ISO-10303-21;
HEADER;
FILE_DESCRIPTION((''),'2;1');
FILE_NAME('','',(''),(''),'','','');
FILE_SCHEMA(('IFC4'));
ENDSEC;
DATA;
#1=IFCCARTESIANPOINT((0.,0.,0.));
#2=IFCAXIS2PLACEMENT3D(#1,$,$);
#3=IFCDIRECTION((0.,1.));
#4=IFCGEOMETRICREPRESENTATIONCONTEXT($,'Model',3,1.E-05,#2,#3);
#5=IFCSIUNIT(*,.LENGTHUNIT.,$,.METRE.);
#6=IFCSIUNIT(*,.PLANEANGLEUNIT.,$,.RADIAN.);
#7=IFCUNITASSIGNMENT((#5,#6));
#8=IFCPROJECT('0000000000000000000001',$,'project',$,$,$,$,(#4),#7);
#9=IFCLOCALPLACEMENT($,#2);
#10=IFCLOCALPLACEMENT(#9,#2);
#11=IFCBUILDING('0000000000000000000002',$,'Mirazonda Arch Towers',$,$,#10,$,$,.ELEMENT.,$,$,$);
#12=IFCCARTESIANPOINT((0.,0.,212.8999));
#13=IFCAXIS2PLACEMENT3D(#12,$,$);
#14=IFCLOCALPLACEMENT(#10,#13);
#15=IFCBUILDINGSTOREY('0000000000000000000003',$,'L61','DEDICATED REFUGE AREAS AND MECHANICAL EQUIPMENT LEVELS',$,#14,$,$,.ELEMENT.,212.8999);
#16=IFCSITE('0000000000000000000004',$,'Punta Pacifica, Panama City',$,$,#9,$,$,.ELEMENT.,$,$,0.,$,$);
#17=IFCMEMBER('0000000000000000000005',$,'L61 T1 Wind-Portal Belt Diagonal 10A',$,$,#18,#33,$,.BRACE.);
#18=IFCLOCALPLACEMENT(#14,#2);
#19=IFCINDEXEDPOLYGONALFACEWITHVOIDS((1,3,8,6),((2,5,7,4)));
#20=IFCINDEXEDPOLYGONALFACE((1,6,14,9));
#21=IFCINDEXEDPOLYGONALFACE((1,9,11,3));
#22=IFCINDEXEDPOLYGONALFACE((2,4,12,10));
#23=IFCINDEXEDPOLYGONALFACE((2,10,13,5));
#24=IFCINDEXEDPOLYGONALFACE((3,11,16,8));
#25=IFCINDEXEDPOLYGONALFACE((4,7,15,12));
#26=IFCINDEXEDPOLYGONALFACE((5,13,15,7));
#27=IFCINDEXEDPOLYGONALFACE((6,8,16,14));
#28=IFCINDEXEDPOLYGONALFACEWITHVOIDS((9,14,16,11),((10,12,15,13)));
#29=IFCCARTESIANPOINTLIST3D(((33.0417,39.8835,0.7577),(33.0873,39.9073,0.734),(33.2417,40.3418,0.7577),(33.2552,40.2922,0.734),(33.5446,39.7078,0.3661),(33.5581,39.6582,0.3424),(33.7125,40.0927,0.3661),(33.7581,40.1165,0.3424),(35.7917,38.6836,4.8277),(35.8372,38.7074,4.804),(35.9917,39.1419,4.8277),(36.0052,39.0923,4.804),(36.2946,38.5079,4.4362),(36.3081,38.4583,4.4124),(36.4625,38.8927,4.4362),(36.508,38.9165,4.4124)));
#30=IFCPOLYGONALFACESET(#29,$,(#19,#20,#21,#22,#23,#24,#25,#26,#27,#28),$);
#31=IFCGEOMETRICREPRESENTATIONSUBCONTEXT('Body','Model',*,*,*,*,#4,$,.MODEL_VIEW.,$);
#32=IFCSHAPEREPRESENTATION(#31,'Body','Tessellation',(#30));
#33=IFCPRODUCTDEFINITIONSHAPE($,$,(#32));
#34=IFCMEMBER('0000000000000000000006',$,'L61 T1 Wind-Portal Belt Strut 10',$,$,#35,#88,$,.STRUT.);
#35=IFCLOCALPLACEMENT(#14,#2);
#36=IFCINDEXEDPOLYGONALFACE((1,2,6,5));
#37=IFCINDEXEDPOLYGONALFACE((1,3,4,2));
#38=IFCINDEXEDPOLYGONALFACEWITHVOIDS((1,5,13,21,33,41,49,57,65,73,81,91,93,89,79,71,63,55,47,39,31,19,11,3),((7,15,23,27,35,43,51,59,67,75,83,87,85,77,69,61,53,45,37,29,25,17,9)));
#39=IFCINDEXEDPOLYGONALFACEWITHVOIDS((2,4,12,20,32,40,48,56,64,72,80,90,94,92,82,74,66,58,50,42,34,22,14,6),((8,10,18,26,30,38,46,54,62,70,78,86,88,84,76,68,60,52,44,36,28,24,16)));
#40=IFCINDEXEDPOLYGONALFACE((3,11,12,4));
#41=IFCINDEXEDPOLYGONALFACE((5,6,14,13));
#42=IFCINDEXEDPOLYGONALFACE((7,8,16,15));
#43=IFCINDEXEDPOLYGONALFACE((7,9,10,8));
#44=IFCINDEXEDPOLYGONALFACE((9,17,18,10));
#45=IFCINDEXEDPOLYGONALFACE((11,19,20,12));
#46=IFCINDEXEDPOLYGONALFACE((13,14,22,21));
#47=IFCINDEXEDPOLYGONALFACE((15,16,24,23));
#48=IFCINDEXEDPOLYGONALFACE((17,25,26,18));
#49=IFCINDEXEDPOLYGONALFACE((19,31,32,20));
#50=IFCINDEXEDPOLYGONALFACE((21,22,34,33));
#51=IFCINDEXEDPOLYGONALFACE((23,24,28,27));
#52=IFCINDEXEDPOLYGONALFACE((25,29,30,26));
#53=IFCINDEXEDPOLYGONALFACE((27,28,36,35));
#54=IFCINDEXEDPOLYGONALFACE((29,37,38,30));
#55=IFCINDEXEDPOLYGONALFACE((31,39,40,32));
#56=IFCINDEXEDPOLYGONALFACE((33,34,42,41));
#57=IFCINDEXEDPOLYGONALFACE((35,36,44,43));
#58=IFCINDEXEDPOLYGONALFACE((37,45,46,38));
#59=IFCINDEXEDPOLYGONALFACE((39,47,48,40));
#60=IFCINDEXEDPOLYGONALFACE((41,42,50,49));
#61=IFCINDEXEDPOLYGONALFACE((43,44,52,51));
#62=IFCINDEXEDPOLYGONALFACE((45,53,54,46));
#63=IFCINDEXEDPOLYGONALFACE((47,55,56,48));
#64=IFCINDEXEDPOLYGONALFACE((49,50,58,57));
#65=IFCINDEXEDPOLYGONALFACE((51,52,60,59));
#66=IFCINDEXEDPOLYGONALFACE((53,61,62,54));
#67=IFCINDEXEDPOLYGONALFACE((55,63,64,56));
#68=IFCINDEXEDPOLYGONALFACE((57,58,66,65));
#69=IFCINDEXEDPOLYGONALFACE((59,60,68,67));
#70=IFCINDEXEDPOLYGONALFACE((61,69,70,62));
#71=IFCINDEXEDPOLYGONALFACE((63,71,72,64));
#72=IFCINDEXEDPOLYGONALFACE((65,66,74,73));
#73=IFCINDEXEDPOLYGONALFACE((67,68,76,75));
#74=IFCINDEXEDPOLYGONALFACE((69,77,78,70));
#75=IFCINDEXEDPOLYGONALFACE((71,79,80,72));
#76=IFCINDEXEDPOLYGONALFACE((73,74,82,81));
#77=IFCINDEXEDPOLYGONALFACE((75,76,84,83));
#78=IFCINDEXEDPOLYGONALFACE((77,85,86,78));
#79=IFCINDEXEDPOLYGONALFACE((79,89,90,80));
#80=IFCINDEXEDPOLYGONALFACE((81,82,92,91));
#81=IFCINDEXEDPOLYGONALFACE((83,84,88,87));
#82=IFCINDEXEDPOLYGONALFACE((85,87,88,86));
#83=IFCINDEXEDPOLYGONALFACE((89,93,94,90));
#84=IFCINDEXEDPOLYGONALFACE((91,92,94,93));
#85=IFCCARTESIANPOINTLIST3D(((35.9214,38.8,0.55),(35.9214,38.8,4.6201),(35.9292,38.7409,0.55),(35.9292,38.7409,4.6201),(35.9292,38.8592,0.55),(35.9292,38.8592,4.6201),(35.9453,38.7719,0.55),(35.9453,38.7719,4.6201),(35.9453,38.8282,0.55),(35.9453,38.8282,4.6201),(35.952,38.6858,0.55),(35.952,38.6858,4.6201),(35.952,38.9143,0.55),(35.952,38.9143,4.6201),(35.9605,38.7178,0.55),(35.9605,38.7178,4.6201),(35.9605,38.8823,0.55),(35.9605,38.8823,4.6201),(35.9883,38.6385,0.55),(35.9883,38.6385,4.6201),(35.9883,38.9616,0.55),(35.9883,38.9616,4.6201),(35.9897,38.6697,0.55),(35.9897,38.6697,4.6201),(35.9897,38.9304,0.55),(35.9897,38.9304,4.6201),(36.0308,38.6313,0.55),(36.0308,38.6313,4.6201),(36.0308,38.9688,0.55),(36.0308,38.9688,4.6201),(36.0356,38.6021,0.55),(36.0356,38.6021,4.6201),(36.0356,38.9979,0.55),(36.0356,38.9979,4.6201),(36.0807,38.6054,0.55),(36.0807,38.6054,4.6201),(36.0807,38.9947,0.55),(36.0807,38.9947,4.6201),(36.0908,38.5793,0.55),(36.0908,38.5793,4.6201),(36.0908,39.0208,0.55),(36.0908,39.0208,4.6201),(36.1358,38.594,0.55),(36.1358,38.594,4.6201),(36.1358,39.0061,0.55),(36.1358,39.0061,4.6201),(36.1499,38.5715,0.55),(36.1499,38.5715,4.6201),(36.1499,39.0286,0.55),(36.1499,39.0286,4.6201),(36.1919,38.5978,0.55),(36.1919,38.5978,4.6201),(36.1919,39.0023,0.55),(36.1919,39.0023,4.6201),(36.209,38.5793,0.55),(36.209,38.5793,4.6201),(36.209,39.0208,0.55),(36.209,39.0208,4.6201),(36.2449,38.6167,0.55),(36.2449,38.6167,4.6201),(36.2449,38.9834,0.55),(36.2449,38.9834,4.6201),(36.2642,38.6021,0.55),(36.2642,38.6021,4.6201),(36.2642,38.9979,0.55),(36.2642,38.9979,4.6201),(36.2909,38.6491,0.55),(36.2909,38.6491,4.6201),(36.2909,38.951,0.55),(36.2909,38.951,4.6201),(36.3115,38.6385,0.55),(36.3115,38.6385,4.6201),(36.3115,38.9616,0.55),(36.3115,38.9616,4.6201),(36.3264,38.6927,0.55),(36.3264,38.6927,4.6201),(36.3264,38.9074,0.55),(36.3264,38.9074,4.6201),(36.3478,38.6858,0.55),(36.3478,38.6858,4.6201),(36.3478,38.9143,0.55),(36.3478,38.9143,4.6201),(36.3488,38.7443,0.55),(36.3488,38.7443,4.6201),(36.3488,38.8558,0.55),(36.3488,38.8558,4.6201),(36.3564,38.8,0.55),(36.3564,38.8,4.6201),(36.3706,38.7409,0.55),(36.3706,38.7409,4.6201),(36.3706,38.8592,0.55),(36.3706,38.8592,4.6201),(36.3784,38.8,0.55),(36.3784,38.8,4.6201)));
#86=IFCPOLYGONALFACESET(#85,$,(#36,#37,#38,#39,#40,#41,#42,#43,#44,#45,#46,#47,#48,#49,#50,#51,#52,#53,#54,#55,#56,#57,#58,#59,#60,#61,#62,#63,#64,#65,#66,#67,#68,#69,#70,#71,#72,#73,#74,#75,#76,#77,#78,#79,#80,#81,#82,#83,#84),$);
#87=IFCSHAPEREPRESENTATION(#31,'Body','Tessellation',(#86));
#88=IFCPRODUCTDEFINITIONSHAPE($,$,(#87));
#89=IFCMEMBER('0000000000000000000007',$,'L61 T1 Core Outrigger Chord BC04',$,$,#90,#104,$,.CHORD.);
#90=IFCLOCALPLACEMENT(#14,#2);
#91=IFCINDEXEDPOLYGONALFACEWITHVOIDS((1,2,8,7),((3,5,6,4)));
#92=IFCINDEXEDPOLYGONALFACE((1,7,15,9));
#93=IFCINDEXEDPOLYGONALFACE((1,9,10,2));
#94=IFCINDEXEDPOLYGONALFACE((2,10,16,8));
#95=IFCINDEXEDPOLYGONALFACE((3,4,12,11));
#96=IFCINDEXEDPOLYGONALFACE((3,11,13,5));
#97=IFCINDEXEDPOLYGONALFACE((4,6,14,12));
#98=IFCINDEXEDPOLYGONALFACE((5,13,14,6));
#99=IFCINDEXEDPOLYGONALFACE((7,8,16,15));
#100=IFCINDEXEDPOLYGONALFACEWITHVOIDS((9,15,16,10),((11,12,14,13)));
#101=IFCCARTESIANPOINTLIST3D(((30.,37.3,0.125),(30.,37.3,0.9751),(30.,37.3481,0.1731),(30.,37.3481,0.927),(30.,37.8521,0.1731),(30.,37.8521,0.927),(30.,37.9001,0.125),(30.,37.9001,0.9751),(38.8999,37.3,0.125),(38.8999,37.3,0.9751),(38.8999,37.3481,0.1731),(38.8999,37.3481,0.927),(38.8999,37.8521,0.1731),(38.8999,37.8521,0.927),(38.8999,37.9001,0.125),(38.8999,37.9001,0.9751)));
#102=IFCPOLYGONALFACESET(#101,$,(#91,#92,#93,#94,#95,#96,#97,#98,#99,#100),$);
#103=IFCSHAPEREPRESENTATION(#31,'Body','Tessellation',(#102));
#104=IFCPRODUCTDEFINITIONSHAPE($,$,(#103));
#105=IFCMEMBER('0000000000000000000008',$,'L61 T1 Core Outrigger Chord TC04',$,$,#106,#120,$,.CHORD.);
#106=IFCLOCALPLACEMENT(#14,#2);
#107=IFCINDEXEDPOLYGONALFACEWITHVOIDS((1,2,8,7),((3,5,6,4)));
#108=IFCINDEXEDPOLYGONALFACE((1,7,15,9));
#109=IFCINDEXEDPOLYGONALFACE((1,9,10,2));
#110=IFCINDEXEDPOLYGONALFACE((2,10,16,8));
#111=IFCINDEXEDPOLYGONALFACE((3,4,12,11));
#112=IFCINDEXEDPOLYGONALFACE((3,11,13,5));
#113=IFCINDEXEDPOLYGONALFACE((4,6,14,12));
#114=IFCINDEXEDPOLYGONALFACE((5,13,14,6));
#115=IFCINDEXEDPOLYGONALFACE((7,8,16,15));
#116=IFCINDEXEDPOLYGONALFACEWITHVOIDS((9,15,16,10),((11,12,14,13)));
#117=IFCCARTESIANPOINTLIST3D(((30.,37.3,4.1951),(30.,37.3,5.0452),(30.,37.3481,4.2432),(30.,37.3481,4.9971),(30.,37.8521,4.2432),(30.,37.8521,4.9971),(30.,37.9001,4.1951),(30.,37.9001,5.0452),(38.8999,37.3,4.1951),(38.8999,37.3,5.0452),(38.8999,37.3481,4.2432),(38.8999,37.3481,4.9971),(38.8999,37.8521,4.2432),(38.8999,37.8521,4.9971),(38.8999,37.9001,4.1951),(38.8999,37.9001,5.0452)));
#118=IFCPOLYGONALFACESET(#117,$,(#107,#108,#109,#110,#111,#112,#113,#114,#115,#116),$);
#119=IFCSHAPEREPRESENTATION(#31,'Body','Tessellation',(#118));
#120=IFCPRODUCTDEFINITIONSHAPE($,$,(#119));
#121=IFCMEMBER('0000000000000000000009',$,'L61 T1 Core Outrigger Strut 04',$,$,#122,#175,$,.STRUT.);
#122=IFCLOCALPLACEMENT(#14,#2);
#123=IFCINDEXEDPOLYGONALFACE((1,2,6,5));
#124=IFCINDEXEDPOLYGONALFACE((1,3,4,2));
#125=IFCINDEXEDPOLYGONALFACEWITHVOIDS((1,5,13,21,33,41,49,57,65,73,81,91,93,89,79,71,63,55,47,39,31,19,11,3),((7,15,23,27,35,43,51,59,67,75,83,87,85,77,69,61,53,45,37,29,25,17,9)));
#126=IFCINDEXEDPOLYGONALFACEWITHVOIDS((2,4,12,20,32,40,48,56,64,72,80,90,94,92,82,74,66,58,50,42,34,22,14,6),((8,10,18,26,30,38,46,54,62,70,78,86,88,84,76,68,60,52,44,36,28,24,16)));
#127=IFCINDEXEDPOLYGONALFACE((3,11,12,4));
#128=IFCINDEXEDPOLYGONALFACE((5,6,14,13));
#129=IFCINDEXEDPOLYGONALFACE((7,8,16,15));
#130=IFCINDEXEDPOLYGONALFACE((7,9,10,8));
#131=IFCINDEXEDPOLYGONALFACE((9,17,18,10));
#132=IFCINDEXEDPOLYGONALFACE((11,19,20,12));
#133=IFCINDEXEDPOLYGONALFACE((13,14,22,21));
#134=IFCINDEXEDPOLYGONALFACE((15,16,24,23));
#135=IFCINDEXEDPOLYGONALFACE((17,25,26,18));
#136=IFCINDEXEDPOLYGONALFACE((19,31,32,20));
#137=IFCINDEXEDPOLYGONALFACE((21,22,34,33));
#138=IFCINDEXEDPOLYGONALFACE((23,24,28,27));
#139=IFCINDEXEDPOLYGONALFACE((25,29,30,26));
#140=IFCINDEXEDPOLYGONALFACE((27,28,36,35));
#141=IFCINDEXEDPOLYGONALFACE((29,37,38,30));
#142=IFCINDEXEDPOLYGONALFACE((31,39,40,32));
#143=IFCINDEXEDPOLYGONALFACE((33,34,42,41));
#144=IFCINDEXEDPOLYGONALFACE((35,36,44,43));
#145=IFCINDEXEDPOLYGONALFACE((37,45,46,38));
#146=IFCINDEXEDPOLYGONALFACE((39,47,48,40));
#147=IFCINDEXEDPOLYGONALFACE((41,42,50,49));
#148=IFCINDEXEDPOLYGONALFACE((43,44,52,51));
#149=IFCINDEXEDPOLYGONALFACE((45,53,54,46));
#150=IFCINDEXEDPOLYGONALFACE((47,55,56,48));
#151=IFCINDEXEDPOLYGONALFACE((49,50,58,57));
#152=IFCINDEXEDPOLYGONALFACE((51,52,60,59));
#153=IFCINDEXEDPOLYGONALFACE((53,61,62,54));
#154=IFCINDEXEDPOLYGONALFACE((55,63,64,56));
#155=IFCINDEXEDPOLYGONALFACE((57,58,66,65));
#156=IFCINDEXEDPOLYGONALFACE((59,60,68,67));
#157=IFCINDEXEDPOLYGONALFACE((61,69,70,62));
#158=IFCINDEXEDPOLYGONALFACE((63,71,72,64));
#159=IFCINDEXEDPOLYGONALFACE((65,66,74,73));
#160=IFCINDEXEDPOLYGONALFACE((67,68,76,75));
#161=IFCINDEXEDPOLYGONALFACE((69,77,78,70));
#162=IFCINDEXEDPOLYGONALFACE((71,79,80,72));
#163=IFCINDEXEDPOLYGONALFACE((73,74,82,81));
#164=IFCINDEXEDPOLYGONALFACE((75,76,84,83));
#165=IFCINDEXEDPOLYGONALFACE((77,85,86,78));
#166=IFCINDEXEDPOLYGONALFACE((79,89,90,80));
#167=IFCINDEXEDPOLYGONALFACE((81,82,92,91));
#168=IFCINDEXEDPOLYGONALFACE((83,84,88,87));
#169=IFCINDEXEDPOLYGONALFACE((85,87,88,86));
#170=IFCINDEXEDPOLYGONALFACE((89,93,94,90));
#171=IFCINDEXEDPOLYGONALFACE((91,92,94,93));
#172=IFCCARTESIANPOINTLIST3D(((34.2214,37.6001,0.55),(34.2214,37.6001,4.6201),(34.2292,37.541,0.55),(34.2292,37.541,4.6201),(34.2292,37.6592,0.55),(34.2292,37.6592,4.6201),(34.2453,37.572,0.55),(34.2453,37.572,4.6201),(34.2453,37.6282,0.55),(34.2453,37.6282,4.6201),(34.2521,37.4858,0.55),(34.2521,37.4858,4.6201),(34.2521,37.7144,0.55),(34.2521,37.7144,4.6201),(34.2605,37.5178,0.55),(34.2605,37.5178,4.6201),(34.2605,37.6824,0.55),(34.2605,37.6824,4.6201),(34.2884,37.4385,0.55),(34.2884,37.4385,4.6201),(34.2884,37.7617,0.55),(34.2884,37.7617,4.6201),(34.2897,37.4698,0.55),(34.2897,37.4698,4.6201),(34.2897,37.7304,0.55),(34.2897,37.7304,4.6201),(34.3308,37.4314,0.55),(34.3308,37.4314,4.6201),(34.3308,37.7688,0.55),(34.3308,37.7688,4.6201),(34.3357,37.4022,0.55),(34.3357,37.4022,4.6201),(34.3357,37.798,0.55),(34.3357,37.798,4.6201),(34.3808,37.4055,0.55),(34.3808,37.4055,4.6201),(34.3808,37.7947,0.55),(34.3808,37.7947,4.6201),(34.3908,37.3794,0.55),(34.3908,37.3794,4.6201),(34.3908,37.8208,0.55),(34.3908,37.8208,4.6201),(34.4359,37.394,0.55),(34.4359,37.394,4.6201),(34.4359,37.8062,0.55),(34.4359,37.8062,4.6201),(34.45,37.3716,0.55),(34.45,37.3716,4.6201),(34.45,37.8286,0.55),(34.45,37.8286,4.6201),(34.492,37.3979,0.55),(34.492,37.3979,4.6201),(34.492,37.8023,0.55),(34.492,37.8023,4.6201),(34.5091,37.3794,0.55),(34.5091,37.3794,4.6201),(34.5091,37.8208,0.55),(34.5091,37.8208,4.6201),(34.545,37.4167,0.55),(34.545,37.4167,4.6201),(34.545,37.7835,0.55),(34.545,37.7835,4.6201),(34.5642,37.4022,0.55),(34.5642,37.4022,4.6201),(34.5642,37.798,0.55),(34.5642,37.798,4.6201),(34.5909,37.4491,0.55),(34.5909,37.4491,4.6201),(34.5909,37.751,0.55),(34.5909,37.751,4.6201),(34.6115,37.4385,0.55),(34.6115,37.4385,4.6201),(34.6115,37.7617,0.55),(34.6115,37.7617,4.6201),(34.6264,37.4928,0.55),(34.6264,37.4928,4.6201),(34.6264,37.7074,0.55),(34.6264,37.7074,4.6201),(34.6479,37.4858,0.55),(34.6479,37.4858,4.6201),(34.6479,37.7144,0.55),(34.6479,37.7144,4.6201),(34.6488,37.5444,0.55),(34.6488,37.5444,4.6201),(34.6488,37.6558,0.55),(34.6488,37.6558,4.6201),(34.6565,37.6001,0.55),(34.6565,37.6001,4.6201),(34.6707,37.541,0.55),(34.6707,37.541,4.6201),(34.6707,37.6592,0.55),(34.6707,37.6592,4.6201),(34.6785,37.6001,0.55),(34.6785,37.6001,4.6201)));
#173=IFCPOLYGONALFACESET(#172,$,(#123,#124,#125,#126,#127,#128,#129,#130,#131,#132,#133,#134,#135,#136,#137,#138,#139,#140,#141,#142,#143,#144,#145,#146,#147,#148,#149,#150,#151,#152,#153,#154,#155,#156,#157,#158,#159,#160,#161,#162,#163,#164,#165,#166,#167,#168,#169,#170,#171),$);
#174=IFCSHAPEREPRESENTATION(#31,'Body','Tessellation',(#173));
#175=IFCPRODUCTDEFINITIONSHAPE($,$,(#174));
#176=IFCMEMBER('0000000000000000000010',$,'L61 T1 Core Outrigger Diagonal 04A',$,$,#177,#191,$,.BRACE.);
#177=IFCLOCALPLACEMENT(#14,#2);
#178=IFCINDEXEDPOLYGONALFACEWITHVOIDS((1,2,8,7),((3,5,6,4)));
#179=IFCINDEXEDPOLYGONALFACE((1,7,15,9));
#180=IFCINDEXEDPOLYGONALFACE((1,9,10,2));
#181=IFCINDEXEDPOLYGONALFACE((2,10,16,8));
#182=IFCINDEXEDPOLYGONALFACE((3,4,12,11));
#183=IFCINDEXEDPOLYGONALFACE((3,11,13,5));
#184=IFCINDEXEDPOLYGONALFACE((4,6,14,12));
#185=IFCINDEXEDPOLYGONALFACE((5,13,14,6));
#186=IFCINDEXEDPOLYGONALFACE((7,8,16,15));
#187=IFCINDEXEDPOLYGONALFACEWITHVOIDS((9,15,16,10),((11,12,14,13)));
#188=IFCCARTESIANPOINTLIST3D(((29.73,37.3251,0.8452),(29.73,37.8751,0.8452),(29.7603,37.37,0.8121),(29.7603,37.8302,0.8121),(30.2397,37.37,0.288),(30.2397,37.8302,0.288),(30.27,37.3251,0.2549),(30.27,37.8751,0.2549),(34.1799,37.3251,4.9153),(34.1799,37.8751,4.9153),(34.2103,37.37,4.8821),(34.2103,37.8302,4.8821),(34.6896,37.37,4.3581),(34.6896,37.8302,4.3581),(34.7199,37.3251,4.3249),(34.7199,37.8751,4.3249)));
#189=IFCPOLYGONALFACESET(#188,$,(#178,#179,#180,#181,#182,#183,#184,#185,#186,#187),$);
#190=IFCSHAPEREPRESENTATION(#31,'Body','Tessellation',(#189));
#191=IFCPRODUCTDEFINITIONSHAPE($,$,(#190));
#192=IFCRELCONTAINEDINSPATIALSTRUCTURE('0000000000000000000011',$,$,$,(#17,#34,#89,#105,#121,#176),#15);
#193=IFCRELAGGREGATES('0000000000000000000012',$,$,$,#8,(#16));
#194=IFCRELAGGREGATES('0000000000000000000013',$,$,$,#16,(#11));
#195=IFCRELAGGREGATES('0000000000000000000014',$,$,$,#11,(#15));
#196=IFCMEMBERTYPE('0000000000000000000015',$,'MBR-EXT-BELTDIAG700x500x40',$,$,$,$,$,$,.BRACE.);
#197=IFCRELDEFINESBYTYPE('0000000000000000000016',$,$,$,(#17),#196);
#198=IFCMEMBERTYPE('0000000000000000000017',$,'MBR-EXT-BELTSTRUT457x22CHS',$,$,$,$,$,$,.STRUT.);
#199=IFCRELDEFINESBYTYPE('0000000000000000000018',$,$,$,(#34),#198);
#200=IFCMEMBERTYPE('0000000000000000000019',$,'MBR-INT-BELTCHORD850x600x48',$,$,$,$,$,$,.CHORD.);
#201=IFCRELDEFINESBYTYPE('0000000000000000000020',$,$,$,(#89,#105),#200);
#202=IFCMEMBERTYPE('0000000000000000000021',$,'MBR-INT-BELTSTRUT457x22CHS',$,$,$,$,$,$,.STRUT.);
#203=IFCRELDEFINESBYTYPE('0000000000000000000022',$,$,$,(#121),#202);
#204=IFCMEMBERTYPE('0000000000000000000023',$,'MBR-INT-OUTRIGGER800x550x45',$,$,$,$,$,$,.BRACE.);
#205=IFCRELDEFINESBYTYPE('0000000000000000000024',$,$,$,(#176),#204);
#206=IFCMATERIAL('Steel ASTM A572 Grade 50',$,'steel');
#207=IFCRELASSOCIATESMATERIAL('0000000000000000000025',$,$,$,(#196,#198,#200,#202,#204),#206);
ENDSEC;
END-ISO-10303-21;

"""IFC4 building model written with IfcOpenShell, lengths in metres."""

from ifc_helpers import new_model, si_unit, direction, frame, origin, origin_2d, place, context, subcontext, project, spatial, hollow_rectangle, hollow_circle, extrude, material, material_profile, profile_set, type_object, element, save


model = new_model("IFC4")

# Units and contexts
model_context = context("Model", 3, precision=1e-05, world=origin(), true_north=direction((0.0, 1.0)))
body_context = subcontext(model_context, "Body", "Model", "MODEL_VIEW")
ifc_project = project(units=[si_unit("LENGTHUNIT", "METRE"), si_unit("PLANEANGLEUNIT", "RADIAN")], contexts=[model_context])

# Site, building, storey
site_placement = place(None, origin())
site = spatial("IfcSite", under=ifc_project, at=site_placement, Name="Punta Pacifica, Panama City", CompositionType="ELEMENT", RefElevation=0.0)
building_placement = place(site_placement, origin())
building = spatial("IfcBuilding", under=site, at=building_placement, Name="Mirazonda Arch Towers", CompositionType="ELEMENT")
storey_placement = place(building_placement, frame((0.0, 0.0, 212.8999)))
storey = spatial("IfcBuildingStorey", under=building, at=storey_placement, Name="L61", Description="DEDICATED REFUGE AREAS AND MECHANICAL EQUIPMENT LEVELS", CompositionType="ELEMENT", Elevation=212.8999)

# Members
ifc_material_1 = material(Name="Steel ASTM A572 Grade 50", Category="steel")
ifc_material_profile_1 = material_profile(ifc_material_1, hollow_rectangle(XDim=0.5, YDim=0.7, WallThickness=0.04, at=origin_2d()), Name="BELTDIAG700x500x40")
ifc_profile_set_1 = profile_set([ifc_material_profile_1], Name="Steel ASTM A572 Grade 50")
member_type_1 = type_object("IfcMemberType", Name="MBR-EXT-BELTDIAG700x500x40", PredefinedType="BRACE", material=ifc_profile_set_1)
member_1_placement = place(storey_placement, frame((33.3999, 40.0, 0.55), z_axis=(0.543858, -0.23731, 0.804924), x_axis=(0.399931, 0.916545, 0.0)))
element("IfcMember", 1, at=member_1_placement, inside=storey, type_object=member_type_1, Name="L61 T1 Wind-Portal Belt Diagonal 10A", PredefinedType="BRACE", context=body_context, shape_type="SweptSolid", body=[
    extrude(hollow_rectangle(XDim=0.5, YDim=0.7, WallThickness=0.04, at=origin_2d()), origin(), (0.0, 0.0, 1.0), 5.0564),
])
ifc_material_profile_2 = material_profile(ifc_material_1, hollow_circle(Radius=0.2285, WallThickness=0.022, at=origin_2d()), Name="BELTSTRUT457x22CHS")
ifc_profile_set_2 = profile_set([ifc_material_profile_2], Name="Steel ASTM A572 Grade 50")
member_type_2 = type_object("IfcMemberType", Name="MBR-EXT-BELTSTRUT457x22CHS", PredefinedType="STRUT", material=ifc_profile_set_2)
member_2_placement = place(storey_placement, frame((36.1499, 38.8, 0.55), z_axis=(0.0, 0.0, 1.0), x_axis=(1.0, 0.0, 0.0)))
element("IfcMember", 2, at=member_2_placement, inside=storey, type_object=member_type_2, Name="L61 T1 Wind-Portal Belt Strut 10", PredefinedType="STRUT", context=body_context, shape_type="SweptSolid", body=[
    extrude(hollow_circle(Radius=0.2285, WallThickness=0.022, at=origin_2d()), origin(), (0.0, 0.0, 1.0), 4.0701),
])
ifc_material_profile_3 = material_profile(ifc_material_1, hollow_rectangle(XDim=0.6001, YDim=0.8501, WallThickness=0.0481, at=origin_2d()), Name="BELTCHORD850x600x48")
ifc_profile_set_3 = profile_set([ifc_material_profile_3], Name="Steel ASTM A572 Grade 50")
member_type_3 = type_object("IfcMemberType", Name="MBR-INT-BELTCHORD850x600x48", PredefinedType="CHORD", material=ifc_profile_set_3)
for number, where, z_axis, x_axis, name in (
    (3, (30.0, 37.6001, 0.55), (1.0, 0.0, 0.0), (0.0, 1.0, 0.0), "L61 T1 Core Outrigger Chord BC04"),
    (4, (30.0, 37.6001, 4.6201), (1.0, 0.0, 0.0), (0.0, 1.0, 0.0), "L61 T1 Core Outrigger Chord TC04"),
):
    element("IfcMember", number, at=place(storey_placement, frame(where, z_axis=z_axis, x_axis=x_axis)), inside=storey, type_object=member_type_3, Name=name, PredefinedType="CHORD", context=body_context, shape_type="SweptSolid", body=[
        extrude(hollow_rectangle(XDim=0.6001, YDim=0.8501, WallThickness=0.0481, at=origin_2d()), origin(), (0.0, 0.0, 1.0), 8.8999),
    ])
ifc_material_profile_4 = material_profile(ifc_material_1, hollow_circle(Radius=0.2285, WallThickness=0.022, at=origin_2d()), Name="BELTSTRUT457x22CHS")
ifc_profile_set_4 = profile_set([ifc_material_profile_4], Name="Steel ASTM A572 Grade 50")
member_type_4 = type_object("IfcMemberType", Name="MBR-INT-BELTSTRUT457x22CHS", PredefinedType="STRUT", material=ifc_profile_set_4)
member_3_placement = place(storey_placement, frame((34.45, 37.6001, 0.55), z_axis=(0.0, 0.0, 1.0), x_axis=(1.0, 0.0, 0.0)))
element("IfcMember", 5, at=member_3_placement, inside=storey, type_object=member_type_4, Name="L61 T1 Core Outrigger Strut 04", PredefinedType="STRUT", context=body_context, shape_type="SweptSolid", body=[
    extrude(hollow_circle(Radius=0.2285, WallThickness=0.022, at=origin_2d()), origin(), (0.0, 0.0, 1.0), 4.0701),
])
ifc_material_profile_5 = material_profile(ifc_material_1, hollow_rectangle(XDim=0.55, YDim=0.8, WallThickness=0.0449, at=origin_2d()), Name="OUTRIGGER800x550x45")
ifc_profile_set_5 = profile_set([ifc_material_profile_5], Name="Steel ASTM A572 Grade 50")
member_type_5 = type_object("IfcMemberType", Name="MBR-INT-OUTRIGGER800x550x45", PredefinedType="BRACE", material=ifc_profile_set_5)
member_4_placement = place(storey_placement, frame((30.0, 37.6001, 0.55), z_axis=(0.737901, 0.0, 0.674908), x_axis=(0.0, 1.0, 0.0)))
element("IfcMember", 6, at=member_4_placement, inside=storey, type_object=member_type_5, Name="L61 T1 Core Outrigger Diagonal 04A", PredefinedType="BRACE", context=body_context, shape_type="SweptSolid", body=[
    extrude(hollow_rectangle(XDim=0.55, YDim=0.8, WallThickness=0.0449, at=origin_2d()), origin(), (0.0, 0.0, 1.0), 6.0305),
])

save(model, "model.ifc")
